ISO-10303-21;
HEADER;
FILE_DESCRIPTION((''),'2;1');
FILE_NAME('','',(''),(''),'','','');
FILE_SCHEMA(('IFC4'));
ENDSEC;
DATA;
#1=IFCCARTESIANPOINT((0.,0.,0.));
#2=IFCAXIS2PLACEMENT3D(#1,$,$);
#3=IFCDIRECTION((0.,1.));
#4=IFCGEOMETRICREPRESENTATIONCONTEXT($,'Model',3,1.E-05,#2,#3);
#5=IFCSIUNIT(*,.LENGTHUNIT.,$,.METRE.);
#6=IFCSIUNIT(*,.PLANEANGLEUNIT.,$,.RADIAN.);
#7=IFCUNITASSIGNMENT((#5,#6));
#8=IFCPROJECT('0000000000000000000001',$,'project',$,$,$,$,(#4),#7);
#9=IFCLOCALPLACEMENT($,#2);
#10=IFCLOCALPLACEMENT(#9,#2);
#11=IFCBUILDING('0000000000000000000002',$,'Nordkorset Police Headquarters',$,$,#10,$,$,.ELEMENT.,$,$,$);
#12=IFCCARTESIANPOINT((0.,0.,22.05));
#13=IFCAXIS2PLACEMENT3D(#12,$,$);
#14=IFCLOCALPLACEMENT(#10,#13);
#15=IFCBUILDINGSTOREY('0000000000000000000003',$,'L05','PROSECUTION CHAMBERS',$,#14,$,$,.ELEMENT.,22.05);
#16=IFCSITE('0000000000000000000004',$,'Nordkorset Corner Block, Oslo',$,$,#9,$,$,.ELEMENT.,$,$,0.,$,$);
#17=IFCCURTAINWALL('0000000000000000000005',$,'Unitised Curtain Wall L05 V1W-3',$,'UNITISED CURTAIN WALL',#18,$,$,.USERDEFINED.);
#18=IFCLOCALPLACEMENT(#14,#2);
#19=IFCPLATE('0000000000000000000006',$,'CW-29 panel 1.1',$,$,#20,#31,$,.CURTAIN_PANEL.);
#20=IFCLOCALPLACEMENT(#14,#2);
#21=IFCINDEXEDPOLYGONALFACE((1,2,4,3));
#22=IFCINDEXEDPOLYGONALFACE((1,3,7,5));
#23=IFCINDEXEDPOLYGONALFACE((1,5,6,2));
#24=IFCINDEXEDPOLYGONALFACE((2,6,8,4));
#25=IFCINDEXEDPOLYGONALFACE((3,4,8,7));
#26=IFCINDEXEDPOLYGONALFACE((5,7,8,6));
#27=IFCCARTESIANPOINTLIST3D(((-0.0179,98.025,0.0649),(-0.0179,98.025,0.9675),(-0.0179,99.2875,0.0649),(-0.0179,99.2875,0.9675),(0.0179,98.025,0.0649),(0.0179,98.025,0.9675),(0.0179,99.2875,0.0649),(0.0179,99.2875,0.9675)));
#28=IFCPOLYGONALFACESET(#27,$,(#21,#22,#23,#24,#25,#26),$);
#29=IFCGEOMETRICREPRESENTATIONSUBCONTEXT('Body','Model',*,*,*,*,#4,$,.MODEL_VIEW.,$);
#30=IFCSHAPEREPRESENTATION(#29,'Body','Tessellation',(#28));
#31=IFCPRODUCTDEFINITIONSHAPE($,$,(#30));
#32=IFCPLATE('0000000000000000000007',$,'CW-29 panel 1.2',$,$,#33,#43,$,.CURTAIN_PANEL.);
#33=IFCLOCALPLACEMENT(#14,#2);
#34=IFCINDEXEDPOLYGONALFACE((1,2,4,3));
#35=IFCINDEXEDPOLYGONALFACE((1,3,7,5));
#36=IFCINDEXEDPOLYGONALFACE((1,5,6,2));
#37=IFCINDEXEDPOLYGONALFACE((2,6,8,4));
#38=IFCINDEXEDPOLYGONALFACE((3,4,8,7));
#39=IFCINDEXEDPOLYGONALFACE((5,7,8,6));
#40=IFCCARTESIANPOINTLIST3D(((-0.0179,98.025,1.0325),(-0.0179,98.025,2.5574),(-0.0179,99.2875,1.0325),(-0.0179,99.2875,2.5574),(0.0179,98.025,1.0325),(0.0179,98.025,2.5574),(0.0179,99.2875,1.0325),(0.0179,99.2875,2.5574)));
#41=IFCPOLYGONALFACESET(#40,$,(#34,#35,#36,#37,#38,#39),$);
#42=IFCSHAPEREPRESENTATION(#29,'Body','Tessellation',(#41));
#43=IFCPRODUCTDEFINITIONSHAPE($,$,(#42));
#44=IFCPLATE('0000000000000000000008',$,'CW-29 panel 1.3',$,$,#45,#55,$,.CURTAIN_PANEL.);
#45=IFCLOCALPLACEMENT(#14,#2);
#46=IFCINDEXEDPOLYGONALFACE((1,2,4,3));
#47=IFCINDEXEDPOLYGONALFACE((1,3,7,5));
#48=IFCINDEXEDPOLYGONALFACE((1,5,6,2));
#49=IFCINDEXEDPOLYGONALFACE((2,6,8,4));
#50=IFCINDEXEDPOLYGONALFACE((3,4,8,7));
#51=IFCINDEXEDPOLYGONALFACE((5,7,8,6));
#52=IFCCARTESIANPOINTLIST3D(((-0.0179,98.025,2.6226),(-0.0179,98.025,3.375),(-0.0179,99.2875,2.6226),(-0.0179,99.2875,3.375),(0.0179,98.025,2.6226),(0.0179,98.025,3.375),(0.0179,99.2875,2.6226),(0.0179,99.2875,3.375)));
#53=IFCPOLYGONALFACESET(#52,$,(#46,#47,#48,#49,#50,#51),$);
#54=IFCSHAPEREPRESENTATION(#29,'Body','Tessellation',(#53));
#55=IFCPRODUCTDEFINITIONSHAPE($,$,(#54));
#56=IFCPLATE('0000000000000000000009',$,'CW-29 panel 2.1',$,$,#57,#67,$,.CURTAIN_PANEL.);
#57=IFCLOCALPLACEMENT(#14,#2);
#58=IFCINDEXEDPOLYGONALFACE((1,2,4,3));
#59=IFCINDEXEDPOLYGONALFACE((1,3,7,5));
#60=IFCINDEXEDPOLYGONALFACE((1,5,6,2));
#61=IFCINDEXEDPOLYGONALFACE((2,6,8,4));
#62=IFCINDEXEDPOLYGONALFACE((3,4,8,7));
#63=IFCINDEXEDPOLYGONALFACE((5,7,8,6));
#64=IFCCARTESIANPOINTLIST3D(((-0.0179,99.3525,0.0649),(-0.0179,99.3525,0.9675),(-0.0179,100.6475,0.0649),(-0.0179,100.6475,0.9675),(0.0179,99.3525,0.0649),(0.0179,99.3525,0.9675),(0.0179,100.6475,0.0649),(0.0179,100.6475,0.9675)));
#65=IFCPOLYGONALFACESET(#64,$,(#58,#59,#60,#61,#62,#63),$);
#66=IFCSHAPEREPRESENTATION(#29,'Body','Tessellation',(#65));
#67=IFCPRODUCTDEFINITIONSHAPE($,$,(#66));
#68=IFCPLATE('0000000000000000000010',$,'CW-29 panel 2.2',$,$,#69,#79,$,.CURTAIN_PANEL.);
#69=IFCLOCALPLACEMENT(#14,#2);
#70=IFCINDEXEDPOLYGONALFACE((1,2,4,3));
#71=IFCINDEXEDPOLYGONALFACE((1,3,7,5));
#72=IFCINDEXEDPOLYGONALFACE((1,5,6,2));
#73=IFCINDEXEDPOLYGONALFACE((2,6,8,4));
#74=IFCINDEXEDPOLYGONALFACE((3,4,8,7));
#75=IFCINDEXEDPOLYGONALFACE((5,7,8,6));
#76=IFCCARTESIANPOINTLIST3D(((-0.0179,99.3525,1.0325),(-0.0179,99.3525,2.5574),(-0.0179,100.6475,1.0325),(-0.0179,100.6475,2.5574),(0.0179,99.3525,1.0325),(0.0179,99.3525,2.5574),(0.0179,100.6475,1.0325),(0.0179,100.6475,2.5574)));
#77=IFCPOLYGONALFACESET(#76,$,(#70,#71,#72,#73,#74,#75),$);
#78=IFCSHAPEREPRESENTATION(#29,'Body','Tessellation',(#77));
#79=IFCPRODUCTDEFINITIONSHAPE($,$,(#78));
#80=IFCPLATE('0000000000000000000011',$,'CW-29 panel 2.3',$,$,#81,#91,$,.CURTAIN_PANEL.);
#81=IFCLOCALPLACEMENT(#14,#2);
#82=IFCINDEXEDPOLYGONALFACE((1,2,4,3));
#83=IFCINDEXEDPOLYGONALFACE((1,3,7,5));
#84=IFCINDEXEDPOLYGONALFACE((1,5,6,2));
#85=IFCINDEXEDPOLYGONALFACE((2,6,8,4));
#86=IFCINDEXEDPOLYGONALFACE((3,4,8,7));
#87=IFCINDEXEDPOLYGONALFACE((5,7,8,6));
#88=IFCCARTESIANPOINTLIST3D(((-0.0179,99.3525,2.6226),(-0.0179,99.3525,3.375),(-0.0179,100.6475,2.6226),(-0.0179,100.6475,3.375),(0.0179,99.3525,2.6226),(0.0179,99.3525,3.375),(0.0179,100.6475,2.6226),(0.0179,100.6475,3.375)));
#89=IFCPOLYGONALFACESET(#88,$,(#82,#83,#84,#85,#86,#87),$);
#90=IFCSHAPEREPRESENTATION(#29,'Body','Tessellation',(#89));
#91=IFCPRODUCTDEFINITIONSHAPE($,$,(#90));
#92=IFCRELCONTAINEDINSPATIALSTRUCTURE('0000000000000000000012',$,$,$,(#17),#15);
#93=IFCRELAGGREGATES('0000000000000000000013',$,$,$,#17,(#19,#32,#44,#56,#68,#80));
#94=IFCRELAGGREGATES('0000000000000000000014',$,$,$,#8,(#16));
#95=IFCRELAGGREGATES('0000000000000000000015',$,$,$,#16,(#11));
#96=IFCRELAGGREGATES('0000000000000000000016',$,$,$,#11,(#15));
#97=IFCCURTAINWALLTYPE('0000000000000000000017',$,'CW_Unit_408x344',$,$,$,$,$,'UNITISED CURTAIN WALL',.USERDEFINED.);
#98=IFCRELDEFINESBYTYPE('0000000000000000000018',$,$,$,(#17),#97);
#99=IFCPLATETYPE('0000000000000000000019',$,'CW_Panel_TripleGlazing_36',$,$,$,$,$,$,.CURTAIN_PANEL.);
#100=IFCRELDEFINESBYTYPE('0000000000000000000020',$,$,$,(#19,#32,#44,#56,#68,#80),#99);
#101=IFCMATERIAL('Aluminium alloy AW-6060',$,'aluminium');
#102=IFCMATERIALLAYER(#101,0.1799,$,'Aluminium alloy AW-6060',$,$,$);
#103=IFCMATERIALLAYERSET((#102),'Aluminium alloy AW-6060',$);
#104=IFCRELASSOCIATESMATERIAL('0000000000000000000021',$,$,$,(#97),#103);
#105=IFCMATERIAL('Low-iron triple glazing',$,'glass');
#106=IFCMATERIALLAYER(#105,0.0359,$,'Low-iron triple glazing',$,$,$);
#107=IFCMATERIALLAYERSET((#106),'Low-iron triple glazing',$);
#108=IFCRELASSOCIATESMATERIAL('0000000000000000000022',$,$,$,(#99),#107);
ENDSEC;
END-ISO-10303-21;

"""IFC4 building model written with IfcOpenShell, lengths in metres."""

from ifc_helpers import new_model, si_unit, direction, frame, origin, origin_2d, place, context, subcontext, project, spatial, rectangle, extrude, material, layer, layer_set, type_object, element, aggregate, save


model = new_model("IFC4")

# Units and contexts
model_context = context("Model", 3, precision=1e-05, world=origin(), true_north=direction((0.0, 1.0)))
body_context = subcontext(model_context, "Body", "Model", "MODEL_VIEW")
ifc_project = project(units=[si_unit("LENGTHUNIT", "METRE"), si_unit("PLANEANGLEUNIT", "RADIAN")], contexts=[model_context])

# Site, building, storey
site_placement = place(None, origin())
site = spatial("IfcSite", under=ifc_project, at=site_placement, Name="Nordkorset Corner Block, Oslo", CompositionType="ELEMENT", RefElevation=0.0)
building_placement = place(site_placement, origin())
building = spatial("IfcBuilding", under=site, at=building_placement, Name="Nordkorset Police Headquarters", CompositionType="ELEMENT")
storey_placement = place(building_placement, frame((0.0, 0.0, 22.05)))
storey = spatial("IfcBuildingStorey", under=building, at=storey_placement, Name="L05", Description="PROSECUTION CHAMBERS", CompositionType="ELEMENT", Elevation=22.05)

# Curtain wall
ifc_material_1 = material(Name="Aluminium alloy AW-6060", Category="aluminium")
ifc_layer_1 = layer(ifc_material_1, 0.1799, Name="Aluminium alloy AW-6060")
ifc_layer_set_1 = layer_set([ifc_layer_1], Name="Aluminium alloy AW-6060")
curtain_wall_type = type_object("IfcCurtainWallType", Name="CW_Unit_408x344", ElementType="UNITISED CURTAIN WALL", PredefinedType="USERDEFINED", material=ifc_layer_set_1)
curtain_wall_1_placement = place(storey_placement, origin())
curtain_wall_1 = element("IfcCurtainWall", 1, at=curtain_wall_1_placement, inside=storey, type_object=curtain_wall_type, Name="Unitised Curtain Wall L05 V1W-3", ObjectType="UNITISED CURTAIN WALL", PredefinedType="USERDEFINED")

# Plates
ifc_material_2 = material(Name="Low-iron triple glazing", Category="glass")
ifc_layer_2 = layer(ifc_material_2, 0.0359, Name="Low-iron triple glazing")
ifc_layer_set_2 = layer_set([ifc_layer_2], Name="Low-iron triple glazing")
plate_type = type_object("IfcPlateType", Name="CW_Panel_TripleGlazing_36", PredefinedType="CURTAIN_PANEL", material=ifc_layer_set_2)
plate_1_placement = place(storey_placement, frame((0.0, 98.6562, 0.0649), z_axis=(0.0, 0.0, 1.0), x_axis=(0.0, 1.0, 0.0)))
plate_1 = element("IfcPlate", 2, at=plate_1_placement, type_object=plate_type, Name="CW-29 panel 1.1", PredefinedType="CURTAIN_PANEL", context=body_context, shape_type="SweptSolid", body=[
    extrude(rectangle(XDim=1.2625, YDim=0.0359, at=origin_2d()), origin(), (0.0, 0.0, 1.0), 0.9026),
])
plate_2_placement = place(storey_placement, frame((0.0, 98.6562, 1.0325), z_axis=(0.0, 0.0, 1.0), x_axis=(0.0, 1.0, 0.0)))
plate_2 = element("IfcPlate", 3, at=plate_2_placement, type_object=plate_type, Name="CW-29 panel 1.2", PredefinedType="CURTAIN_PANEL", context=body_context, shape_type="SweptSolid", body=[
    extrude(rectangle(XDim=1.2625, YDim=0.0359, at=origin_2d()), origin(), (0.0, 0.0, 1.0), 1.5249),
])
plate_3_placement = place(storey_placement, frame((0.0, 98.6562, 2.6226), z_axis=(0.0, 0.0, 1.0), x_axis=(0.0, 1.0, 0.0)))
plate_3 = element("IfcPlate", 4, at=plate_3_placement, type_object=plate_type, Name="CW-29 panel 1.3", PredefinedType="CURTAIN_PANEL", context=body_context, shape_type="SweptSolid", body=[
    extrude(rectangle(XDim=1.2625, YDim=0.0359, at=origin_2d()), origin(), (0.0, 0.0, 1.0), 0.7524),
])
plate_4_placement = place(storey_placement, frame((0.0, 100.0, 0.0649), z_axis=(0.0, 0.0, 1.0), x_axis=(0.0, 1.0, 0.0)))
plate_4 = element("IfcPlate", 5, at=plate_4_placement, type_object=plate_type, Name="CW-29 panel 2.1", PredefinedType="CURTAIN_PANEL", context=body_context, shape_type="SweptSolid", body=[
    extrude(rectangle(XDim=1.2949, YDim=0.0359, at=origin_2d()), origin(), (0.0, 0.0, 1.0), 0.9026),
])
plate_5_placement = place(storey_placement, frame((0.0, 100.0, 1.0325), z_axis=(0.0, 0.0, 1.0), x_axis=(0.0, 1.0, 0.0)))
plate_5 = element("IfcPlate", 6, at=plate_5_placement, type_object=plate_type, Name="CW-29 panel 2.2", PredefinedType="CURTAIN_PANEL", context=body_context, shape_type="SweptSolid", body=[
    extrude(rectangle(XDim=1.2949, YDim=0.0359, at=origin_2d()), origin(), (0.0, 0.0, 1.0), 1.5249),
])
plate_6_placement = place(storey_placement, frame((0.0, 100.0, 2.6226), z_axis=(0.0, 0.0, 1.0), x_axis=(0.0, 1.0, 0.0)))
plate_6 = element("IfcPlate", 7, at=plate_6_placement, type_object=plate_type, Name="CW-29 panel 2.3", PredefinedType="CURTAIN_PANEL", context=body_context, shape_type="SweptSolid", body=[
    extrude(rectangle(XDim=1.2949, YDim=0.0359, at=origin_2d()), origin(), (0.0, 0.0, 1.0), 0.7524),
])
aggregate(curtain_wall_1, [plate_1, plate_2, plate_3, plate_4, plate_5, plate_6])

save(model, "model.ifc")
